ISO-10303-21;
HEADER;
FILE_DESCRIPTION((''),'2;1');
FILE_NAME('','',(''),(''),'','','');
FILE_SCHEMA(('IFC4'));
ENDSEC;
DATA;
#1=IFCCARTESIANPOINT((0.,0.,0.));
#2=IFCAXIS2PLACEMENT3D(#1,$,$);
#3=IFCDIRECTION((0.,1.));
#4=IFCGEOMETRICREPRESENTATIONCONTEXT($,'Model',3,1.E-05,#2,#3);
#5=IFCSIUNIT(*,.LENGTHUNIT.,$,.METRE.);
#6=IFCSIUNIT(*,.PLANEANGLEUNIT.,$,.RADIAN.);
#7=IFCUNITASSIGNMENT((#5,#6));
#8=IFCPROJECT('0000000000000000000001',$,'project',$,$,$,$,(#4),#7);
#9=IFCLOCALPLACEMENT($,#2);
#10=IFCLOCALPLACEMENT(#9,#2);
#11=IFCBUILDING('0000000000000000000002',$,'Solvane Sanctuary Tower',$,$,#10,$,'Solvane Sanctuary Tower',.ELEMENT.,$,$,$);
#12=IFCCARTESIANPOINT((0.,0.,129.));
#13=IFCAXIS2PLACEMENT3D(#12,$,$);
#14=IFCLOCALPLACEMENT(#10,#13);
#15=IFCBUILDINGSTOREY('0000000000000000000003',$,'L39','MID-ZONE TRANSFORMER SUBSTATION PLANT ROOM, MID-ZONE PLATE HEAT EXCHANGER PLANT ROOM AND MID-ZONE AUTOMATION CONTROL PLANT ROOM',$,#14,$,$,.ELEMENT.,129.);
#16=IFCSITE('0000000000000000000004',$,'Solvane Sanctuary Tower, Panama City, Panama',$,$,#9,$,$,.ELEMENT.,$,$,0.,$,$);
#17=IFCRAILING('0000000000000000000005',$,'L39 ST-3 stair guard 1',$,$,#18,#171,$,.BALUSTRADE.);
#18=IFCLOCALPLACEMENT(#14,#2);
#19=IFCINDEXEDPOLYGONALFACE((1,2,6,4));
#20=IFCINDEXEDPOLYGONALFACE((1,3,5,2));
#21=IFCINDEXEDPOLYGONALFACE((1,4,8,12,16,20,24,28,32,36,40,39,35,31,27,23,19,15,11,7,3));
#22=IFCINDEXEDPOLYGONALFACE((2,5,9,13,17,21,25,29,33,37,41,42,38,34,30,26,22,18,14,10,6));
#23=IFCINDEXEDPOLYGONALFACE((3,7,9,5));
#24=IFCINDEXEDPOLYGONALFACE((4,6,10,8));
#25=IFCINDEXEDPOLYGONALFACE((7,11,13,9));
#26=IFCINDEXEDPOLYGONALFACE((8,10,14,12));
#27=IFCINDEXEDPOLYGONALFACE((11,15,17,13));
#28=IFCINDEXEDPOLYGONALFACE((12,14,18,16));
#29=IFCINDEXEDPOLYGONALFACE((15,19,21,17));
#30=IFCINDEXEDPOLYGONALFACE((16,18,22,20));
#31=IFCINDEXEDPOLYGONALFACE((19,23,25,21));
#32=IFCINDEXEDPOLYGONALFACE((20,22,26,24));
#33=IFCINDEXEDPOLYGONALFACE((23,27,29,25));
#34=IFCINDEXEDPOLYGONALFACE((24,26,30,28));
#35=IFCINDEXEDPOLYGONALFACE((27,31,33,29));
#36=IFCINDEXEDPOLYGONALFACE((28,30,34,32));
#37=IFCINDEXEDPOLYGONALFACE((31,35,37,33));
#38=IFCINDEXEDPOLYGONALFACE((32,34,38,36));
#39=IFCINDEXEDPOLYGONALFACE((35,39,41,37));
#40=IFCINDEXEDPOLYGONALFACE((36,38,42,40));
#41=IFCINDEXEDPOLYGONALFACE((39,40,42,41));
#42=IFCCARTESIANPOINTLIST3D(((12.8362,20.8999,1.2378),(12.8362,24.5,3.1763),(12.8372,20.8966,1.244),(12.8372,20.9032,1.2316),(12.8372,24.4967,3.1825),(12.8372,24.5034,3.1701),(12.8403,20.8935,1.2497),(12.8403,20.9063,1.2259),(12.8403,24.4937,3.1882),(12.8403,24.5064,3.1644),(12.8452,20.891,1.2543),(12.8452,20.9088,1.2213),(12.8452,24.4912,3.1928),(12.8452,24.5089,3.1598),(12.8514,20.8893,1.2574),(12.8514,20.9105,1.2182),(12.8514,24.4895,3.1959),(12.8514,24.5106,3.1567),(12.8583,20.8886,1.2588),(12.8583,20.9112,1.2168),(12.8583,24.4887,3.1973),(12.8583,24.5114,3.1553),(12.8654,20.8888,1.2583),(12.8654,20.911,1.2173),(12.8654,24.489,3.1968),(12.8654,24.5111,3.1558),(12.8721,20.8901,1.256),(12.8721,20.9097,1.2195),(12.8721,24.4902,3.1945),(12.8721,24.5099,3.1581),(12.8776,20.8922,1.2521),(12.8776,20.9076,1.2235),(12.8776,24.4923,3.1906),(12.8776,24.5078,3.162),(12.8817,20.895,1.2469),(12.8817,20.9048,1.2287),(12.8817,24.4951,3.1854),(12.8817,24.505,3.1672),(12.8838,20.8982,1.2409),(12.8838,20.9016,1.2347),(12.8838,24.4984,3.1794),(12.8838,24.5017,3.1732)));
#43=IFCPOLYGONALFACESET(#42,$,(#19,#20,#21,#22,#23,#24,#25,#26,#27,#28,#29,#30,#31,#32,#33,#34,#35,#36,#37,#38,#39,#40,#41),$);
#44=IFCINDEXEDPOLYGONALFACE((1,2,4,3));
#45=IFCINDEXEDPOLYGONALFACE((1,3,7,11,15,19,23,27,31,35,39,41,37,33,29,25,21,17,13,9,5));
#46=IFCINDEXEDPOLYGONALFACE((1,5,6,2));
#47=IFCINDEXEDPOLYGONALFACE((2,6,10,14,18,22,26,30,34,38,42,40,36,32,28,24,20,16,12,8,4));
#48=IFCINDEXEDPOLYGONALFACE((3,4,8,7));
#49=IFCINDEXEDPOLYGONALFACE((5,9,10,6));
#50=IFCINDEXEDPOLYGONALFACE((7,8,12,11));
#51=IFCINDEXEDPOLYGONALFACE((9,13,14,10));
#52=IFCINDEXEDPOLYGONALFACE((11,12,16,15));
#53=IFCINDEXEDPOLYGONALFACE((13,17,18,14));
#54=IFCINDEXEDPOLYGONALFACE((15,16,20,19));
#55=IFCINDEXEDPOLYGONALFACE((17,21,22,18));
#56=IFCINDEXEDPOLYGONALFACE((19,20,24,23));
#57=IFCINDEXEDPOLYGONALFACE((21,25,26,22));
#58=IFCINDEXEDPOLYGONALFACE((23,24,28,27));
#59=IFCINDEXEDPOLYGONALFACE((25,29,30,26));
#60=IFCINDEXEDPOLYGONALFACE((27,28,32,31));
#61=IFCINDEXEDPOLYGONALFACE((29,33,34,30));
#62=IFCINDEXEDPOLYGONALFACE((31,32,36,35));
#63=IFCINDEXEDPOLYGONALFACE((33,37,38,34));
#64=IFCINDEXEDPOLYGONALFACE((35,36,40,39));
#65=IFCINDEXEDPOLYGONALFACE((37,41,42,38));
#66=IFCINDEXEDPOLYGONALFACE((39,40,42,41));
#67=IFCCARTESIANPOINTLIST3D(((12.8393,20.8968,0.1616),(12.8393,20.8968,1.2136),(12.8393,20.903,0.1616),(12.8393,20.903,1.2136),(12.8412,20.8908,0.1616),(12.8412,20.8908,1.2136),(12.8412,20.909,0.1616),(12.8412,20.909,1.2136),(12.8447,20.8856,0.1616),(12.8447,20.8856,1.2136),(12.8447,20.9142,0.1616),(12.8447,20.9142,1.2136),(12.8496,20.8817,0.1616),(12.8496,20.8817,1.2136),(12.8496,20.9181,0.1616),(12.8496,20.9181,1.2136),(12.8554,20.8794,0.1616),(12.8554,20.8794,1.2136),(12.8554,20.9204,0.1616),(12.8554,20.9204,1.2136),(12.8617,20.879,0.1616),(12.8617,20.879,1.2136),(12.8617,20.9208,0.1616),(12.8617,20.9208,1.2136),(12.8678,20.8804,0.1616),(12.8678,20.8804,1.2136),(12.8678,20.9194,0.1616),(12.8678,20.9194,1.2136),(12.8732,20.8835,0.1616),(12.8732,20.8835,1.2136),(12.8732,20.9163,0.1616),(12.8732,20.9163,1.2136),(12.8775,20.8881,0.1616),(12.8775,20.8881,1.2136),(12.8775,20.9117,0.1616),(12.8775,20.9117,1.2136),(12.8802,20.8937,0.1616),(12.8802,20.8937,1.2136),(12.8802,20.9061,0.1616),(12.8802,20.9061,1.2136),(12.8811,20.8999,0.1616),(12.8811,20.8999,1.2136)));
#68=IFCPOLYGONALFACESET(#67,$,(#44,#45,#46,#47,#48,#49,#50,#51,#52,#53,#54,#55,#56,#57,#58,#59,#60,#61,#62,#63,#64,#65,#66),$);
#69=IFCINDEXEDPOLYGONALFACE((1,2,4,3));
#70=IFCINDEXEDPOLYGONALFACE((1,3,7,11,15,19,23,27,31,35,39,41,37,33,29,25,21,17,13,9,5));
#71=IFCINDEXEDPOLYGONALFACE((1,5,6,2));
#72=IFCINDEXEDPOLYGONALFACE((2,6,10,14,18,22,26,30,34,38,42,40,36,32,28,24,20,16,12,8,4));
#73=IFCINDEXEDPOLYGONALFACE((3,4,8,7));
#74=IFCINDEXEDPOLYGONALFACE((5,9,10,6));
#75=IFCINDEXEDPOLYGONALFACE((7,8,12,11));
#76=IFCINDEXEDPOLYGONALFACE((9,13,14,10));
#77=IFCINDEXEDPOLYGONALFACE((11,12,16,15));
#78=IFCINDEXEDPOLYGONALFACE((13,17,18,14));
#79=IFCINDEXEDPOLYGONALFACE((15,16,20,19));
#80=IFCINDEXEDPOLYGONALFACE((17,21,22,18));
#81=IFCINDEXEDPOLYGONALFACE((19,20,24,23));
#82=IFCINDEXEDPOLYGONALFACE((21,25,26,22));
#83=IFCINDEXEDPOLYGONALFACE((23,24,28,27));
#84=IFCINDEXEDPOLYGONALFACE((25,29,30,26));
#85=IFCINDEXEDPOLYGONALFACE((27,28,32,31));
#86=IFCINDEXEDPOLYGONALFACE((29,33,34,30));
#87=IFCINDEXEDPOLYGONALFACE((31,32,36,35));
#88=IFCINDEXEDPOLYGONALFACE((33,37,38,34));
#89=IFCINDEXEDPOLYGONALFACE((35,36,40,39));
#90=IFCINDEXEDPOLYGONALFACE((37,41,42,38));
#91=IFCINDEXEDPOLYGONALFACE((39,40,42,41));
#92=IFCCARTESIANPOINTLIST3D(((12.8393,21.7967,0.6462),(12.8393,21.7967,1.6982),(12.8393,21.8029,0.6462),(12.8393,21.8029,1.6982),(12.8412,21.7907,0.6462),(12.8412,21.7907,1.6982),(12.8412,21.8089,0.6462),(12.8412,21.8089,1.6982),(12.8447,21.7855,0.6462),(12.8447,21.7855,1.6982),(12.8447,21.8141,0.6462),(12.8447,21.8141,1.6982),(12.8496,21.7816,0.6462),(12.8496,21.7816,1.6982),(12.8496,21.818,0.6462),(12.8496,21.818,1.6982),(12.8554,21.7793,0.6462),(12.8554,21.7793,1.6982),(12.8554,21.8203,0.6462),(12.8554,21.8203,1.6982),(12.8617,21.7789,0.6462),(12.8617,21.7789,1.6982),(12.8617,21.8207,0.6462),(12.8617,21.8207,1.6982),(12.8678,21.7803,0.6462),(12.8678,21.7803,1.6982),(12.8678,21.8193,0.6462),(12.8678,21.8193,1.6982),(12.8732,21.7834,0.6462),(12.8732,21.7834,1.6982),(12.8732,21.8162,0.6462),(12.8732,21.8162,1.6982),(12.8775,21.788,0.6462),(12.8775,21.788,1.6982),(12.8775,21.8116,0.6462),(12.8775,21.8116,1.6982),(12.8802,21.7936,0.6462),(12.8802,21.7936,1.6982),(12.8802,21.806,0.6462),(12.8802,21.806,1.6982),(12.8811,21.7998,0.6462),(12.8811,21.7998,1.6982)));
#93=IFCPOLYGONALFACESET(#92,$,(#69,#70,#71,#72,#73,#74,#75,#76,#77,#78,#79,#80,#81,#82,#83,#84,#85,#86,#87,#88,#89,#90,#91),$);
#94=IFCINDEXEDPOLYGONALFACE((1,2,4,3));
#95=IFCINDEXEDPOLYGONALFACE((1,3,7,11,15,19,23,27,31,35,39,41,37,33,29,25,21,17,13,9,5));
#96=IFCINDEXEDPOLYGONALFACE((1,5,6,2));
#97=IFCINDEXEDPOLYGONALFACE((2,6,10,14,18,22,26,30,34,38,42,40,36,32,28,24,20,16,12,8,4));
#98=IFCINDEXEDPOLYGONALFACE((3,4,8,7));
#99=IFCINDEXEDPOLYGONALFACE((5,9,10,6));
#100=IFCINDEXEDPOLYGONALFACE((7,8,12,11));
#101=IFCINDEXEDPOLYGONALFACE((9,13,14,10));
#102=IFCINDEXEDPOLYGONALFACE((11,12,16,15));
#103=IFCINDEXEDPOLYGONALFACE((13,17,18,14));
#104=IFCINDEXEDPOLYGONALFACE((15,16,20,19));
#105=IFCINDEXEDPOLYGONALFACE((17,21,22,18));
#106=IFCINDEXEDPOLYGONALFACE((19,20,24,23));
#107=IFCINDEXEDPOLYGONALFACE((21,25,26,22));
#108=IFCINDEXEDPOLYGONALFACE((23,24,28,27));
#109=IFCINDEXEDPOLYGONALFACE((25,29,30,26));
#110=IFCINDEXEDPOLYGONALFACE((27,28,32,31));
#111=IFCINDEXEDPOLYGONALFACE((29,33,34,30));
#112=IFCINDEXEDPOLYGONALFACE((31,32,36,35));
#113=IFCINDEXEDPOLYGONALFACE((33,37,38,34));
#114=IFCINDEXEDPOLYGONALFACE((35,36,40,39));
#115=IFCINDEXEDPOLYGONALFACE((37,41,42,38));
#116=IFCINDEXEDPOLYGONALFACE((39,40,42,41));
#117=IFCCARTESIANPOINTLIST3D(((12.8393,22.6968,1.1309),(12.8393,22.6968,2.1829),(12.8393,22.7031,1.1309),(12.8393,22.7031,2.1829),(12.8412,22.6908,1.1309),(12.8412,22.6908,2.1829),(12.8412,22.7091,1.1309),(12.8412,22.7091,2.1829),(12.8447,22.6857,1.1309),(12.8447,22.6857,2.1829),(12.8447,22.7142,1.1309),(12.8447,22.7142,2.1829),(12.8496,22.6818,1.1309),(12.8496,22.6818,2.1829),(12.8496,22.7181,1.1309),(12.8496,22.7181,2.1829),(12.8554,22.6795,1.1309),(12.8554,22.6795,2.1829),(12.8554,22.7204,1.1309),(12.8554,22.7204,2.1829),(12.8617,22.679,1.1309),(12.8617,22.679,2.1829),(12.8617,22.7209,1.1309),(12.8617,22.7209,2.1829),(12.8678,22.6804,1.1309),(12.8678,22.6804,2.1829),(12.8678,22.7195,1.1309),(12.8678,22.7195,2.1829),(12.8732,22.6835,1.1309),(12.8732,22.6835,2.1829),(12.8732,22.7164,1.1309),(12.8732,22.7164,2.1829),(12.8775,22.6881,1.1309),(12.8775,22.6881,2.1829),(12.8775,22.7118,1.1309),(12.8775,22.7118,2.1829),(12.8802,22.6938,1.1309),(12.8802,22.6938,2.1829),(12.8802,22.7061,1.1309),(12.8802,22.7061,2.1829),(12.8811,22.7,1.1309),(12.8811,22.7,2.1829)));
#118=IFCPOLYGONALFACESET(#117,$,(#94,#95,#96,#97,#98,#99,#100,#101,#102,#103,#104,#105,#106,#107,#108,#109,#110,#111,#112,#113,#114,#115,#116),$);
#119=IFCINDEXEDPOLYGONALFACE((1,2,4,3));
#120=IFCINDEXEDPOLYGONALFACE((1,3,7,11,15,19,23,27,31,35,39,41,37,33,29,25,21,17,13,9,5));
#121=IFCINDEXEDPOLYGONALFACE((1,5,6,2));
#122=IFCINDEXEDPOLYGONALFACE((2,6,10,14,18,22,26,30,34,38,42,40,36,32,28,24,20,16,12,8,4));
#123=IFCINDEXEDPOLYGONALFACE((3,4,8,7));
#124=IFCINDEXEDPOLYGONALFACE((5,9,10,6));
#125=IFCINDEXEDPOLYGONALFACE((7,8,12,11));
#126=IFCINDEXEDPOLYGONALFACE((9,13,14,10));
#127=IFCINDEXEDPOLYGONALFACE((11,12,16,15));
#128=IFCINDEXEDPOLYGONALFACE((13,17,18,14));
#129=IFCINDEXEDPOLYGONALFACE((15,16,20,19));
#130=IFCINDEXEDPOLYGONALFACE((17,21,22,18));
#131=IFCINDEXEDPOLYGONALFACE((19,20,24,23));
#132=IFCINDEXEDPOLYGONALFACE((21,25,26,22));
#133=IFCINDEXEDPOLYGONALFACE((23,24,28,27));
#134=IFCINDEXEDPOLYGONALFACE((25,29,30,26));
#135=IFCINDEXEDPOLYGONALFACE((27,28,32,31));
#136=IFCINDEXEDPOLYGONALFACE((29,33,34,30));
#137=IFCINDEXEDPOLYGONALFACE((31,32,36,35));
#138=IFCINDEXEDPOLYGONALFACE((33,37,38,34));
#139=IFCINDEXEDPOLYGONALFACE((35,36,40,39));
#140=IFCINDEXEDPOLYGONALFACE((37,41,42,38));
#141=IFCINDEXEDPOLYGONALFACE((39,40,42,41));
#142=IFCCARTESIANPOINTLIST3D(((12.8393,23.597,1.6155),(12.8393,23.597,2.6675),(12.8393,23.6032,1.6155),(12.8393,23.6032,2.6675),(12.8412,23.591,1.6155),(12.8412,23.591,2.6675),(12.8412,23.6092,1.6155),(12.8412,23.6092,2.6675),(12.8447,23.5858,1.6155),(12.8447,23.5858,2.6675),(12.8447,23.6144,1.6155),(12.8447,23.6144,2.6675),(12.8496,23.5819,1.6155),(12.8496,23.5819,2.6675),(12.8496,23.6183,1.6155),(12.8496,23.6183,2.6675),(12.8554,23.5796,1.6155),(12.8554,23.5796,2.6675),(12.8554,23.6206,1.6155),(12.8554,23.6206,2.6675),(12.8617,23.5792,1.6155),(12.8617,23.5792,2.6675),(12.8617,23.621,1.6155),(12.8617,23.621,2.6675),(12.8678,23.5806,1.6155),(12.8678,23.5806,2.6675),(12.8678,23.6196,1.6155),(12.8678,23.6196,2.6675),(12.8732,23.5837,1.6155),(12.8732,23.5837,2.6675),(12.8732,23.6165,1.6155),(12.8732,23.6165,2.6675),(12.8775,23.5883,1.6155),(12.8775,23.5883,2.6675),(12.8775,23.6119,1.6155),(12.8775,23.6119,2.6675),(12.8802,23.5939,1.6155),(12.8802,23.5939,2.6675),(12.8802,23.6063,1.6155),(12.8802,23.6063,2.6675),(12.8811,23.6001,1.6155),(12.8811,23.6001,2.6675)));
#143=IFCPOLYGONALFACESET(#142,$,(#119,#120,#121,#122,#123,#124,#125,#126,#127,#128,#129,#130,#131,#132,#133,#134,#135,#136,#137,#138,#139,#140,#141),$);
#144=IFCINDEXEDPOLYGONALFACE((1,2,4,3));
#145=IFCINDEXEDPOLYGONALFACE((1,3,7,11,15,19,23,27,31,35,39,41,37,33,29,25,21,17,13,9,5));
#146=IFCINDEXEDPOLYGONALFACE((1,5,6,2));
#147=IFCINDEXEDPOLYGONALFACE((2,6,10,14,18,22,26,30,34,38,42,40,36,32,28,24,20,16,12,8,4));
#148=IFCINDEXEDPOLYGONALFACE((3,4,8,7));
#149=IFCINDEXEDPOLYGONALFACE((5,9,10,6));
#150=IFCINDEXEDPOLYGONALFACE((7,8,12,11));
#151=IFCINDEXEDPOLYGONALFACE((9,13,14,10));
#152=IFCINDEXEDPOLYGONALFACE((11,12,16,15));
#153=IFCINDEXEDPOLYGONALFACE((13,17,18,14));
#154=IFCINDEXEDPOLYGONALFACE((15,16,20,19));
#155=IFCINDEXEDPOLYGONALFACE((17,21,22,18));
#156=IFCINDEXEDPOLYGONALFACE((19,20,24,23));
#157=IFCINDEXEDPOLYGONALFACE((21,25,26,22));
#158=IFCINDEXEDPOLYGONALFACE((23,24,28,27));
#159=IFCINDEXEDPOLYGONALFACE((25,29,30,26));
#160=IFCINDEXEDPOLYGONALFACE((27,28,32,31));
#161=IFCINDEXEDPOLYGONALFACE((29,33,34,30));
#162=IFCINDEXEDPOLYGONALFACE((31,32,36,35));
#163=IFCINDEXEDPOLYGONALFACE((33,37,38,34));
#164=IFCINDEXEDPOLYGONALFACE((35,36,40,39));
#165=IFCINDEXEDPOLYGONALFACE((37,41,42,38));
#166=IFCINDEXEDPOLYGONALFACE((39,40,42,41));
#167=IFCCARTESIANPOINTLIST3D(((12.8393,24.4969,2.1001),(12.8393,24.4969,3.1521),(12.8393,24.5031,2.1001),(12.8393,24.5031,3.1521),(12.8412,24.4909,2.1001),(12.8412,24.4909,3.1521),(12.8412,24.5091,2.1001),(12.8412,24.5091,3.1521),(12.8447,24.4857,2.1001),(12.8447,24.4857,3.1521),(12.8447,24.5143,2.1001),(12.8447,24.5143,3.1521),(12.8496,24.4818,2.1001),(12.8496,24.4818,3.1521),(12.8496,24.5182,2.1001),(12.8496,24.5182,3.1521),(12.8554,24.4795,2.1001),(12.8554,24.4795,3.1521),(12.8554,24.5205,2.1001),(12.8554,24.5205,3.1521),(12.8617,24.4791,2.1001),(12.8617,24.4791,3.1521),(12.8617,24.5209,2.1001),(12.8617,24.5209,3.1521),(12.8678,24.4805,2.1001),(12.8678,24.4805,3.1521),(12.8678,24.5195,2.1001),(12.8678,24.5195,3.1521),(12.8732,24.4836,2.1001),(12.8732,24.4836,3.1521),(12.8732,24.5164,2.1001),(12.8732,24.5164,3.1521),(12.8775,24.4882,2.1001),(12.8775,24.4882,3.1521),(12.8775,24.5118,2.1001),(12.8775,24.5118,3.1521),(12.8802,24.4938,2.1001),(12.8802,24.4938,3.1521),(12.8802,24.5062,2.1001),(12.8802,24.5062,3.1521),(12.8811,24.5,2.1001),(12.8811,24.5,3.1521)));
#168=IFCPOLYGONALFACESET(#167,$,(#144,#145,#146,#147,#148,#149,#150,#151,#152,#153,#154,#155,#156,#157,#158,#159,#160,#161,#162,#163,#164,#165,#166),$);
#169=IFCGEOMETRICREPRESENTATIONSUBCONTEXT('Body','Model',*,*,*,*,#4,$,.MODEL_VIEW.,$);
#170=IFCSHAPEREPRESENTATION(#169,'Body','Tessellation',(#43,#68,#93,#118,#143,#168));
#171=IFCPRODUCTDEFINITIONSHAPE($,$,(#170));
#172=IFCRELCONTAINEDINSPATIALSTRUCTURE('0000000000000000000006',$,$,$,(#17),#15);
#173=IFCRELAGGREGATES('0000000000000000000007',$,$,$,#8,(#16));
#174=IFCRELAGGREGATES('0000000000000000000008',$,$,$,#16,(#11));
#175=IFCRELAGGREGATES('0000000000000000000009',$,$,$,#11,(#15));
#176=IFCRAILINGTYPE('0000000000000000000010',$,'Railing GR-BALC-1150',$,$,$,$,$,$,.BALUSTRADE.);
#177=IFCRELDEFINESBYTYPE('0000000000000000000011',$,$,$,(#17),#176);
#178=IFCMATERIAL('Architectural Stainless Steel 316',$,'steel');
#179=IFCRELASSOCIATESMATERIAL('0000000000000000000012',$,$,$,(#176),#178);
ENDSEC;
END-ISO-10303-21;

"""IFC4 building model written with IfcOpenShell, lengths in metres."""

from ifc_helpers import new_model, si_unit, direction, frame, origin, origin_2d, place, context, subcontext, project, spatial, circle, extrude, material, type_object, element, save


model = new_model("IFC4")

# Units and contexts
model_context = context("Model", 3, precision=1e-05, world=origin(), true_north=direction((0.0, 1.0)))
body_context = subcontext(model_context, "Body", "Model", "MODEL_VIEW")
ifc_project = project(units=[si_unit("LENGTHUNIT", "METRE"), si_unit("PLANEANGLEUNIT", "RADIAN")], contexts=[model_context])

# Site, building, storey
site_placement = place(None, origin())
site = spatial("IfcSite", under=ifc_project, at=site_placement, Name="Solvane Sanctuary Tower, Panama City, Panama", CompositionType="ELEMENT", RefElevation=0.0)
building_placement = place(site_placement, origin())
building = spatial("IfcBuilding", under=site, at=building_placement, Name="Solvane Sanctuary Tower", LongName="Solvane Sanctuary Tower", CompositionType="ELEMENT")
storey_placement = place(building_placement, frame((0.0, 0.0, 129.0)))
storey = spatial("IfcBuildingStorey", under=building, at=storey_placement, Name="L39", Description="MID-ZONE TRANSFORMER SUBSTATION PLANT ROOM, MID-ZONE PLATE HEAT EXCHANGER PLANT ROOM AND MID-ZONE AUTOMATION CONTROL PLANT ROOM", CompositionType="ELEMENT", Elevation=129.0)

# Shared definitions
ifc_material_1 = material(Name="Architectural Stainless Steel 316", Category="steel")

# Railing
railing_type_1 = type_object("IfcRailingType", Name="Railing GR-BALC-1150", PredefinedType="BALUSTRADE", material=ifc_material_1)
railing_1_placement = place(storey_placement, frame((12.8601, 20.8999, 0.1616)))
element("IfcRailing", 1, at=railing_1_placement, inside=storey, type_object=railing_type_1, Name="L39 ST-3 stair guard 1", PredefinedType="BALUSTRADE", context=body_context, shape_type="SweptSolid", body=[
    extrude(circle(Radius=0.0239, at=origin_2d()), frame((0.0, 0.0, 1.0762), z_axis=(0.0, 0.880475, 0.474093), x_axis=(-1.0, 0.0, 0.0)), (0.0, 0.0, 1.0), 4.0889),
    extrude(circle(Radius=0.021, at=origin_2d()), origin(), (0.0, 0.0, 1.0), 1.052),
    extrude(circle(Radius=0.021, at=origin_2d()), frame((0.0, 0.8999, 0.4846)), (0.0, 0.0, 1.0), 1.052),
    extrude(circle(Radius=0.021, at=origin_2d()), frame((0.0, 1.8, 0.9692)), (0.0, 0.0, 1.0), 1.052),
    extrude(circle(Radius=0.021, at=origin_2d()), frame((0.0, 2.7002, 1.4539)), (0.0, 0.0, 1.0), 1.052),
    extrude(circle(Radius=0.021, at=origin_2d()), frame((0.0, 3.6001, 1.9385)), (0.0, 0.0, 1.0), 1.052),
])

save(model, "model.ifc")
